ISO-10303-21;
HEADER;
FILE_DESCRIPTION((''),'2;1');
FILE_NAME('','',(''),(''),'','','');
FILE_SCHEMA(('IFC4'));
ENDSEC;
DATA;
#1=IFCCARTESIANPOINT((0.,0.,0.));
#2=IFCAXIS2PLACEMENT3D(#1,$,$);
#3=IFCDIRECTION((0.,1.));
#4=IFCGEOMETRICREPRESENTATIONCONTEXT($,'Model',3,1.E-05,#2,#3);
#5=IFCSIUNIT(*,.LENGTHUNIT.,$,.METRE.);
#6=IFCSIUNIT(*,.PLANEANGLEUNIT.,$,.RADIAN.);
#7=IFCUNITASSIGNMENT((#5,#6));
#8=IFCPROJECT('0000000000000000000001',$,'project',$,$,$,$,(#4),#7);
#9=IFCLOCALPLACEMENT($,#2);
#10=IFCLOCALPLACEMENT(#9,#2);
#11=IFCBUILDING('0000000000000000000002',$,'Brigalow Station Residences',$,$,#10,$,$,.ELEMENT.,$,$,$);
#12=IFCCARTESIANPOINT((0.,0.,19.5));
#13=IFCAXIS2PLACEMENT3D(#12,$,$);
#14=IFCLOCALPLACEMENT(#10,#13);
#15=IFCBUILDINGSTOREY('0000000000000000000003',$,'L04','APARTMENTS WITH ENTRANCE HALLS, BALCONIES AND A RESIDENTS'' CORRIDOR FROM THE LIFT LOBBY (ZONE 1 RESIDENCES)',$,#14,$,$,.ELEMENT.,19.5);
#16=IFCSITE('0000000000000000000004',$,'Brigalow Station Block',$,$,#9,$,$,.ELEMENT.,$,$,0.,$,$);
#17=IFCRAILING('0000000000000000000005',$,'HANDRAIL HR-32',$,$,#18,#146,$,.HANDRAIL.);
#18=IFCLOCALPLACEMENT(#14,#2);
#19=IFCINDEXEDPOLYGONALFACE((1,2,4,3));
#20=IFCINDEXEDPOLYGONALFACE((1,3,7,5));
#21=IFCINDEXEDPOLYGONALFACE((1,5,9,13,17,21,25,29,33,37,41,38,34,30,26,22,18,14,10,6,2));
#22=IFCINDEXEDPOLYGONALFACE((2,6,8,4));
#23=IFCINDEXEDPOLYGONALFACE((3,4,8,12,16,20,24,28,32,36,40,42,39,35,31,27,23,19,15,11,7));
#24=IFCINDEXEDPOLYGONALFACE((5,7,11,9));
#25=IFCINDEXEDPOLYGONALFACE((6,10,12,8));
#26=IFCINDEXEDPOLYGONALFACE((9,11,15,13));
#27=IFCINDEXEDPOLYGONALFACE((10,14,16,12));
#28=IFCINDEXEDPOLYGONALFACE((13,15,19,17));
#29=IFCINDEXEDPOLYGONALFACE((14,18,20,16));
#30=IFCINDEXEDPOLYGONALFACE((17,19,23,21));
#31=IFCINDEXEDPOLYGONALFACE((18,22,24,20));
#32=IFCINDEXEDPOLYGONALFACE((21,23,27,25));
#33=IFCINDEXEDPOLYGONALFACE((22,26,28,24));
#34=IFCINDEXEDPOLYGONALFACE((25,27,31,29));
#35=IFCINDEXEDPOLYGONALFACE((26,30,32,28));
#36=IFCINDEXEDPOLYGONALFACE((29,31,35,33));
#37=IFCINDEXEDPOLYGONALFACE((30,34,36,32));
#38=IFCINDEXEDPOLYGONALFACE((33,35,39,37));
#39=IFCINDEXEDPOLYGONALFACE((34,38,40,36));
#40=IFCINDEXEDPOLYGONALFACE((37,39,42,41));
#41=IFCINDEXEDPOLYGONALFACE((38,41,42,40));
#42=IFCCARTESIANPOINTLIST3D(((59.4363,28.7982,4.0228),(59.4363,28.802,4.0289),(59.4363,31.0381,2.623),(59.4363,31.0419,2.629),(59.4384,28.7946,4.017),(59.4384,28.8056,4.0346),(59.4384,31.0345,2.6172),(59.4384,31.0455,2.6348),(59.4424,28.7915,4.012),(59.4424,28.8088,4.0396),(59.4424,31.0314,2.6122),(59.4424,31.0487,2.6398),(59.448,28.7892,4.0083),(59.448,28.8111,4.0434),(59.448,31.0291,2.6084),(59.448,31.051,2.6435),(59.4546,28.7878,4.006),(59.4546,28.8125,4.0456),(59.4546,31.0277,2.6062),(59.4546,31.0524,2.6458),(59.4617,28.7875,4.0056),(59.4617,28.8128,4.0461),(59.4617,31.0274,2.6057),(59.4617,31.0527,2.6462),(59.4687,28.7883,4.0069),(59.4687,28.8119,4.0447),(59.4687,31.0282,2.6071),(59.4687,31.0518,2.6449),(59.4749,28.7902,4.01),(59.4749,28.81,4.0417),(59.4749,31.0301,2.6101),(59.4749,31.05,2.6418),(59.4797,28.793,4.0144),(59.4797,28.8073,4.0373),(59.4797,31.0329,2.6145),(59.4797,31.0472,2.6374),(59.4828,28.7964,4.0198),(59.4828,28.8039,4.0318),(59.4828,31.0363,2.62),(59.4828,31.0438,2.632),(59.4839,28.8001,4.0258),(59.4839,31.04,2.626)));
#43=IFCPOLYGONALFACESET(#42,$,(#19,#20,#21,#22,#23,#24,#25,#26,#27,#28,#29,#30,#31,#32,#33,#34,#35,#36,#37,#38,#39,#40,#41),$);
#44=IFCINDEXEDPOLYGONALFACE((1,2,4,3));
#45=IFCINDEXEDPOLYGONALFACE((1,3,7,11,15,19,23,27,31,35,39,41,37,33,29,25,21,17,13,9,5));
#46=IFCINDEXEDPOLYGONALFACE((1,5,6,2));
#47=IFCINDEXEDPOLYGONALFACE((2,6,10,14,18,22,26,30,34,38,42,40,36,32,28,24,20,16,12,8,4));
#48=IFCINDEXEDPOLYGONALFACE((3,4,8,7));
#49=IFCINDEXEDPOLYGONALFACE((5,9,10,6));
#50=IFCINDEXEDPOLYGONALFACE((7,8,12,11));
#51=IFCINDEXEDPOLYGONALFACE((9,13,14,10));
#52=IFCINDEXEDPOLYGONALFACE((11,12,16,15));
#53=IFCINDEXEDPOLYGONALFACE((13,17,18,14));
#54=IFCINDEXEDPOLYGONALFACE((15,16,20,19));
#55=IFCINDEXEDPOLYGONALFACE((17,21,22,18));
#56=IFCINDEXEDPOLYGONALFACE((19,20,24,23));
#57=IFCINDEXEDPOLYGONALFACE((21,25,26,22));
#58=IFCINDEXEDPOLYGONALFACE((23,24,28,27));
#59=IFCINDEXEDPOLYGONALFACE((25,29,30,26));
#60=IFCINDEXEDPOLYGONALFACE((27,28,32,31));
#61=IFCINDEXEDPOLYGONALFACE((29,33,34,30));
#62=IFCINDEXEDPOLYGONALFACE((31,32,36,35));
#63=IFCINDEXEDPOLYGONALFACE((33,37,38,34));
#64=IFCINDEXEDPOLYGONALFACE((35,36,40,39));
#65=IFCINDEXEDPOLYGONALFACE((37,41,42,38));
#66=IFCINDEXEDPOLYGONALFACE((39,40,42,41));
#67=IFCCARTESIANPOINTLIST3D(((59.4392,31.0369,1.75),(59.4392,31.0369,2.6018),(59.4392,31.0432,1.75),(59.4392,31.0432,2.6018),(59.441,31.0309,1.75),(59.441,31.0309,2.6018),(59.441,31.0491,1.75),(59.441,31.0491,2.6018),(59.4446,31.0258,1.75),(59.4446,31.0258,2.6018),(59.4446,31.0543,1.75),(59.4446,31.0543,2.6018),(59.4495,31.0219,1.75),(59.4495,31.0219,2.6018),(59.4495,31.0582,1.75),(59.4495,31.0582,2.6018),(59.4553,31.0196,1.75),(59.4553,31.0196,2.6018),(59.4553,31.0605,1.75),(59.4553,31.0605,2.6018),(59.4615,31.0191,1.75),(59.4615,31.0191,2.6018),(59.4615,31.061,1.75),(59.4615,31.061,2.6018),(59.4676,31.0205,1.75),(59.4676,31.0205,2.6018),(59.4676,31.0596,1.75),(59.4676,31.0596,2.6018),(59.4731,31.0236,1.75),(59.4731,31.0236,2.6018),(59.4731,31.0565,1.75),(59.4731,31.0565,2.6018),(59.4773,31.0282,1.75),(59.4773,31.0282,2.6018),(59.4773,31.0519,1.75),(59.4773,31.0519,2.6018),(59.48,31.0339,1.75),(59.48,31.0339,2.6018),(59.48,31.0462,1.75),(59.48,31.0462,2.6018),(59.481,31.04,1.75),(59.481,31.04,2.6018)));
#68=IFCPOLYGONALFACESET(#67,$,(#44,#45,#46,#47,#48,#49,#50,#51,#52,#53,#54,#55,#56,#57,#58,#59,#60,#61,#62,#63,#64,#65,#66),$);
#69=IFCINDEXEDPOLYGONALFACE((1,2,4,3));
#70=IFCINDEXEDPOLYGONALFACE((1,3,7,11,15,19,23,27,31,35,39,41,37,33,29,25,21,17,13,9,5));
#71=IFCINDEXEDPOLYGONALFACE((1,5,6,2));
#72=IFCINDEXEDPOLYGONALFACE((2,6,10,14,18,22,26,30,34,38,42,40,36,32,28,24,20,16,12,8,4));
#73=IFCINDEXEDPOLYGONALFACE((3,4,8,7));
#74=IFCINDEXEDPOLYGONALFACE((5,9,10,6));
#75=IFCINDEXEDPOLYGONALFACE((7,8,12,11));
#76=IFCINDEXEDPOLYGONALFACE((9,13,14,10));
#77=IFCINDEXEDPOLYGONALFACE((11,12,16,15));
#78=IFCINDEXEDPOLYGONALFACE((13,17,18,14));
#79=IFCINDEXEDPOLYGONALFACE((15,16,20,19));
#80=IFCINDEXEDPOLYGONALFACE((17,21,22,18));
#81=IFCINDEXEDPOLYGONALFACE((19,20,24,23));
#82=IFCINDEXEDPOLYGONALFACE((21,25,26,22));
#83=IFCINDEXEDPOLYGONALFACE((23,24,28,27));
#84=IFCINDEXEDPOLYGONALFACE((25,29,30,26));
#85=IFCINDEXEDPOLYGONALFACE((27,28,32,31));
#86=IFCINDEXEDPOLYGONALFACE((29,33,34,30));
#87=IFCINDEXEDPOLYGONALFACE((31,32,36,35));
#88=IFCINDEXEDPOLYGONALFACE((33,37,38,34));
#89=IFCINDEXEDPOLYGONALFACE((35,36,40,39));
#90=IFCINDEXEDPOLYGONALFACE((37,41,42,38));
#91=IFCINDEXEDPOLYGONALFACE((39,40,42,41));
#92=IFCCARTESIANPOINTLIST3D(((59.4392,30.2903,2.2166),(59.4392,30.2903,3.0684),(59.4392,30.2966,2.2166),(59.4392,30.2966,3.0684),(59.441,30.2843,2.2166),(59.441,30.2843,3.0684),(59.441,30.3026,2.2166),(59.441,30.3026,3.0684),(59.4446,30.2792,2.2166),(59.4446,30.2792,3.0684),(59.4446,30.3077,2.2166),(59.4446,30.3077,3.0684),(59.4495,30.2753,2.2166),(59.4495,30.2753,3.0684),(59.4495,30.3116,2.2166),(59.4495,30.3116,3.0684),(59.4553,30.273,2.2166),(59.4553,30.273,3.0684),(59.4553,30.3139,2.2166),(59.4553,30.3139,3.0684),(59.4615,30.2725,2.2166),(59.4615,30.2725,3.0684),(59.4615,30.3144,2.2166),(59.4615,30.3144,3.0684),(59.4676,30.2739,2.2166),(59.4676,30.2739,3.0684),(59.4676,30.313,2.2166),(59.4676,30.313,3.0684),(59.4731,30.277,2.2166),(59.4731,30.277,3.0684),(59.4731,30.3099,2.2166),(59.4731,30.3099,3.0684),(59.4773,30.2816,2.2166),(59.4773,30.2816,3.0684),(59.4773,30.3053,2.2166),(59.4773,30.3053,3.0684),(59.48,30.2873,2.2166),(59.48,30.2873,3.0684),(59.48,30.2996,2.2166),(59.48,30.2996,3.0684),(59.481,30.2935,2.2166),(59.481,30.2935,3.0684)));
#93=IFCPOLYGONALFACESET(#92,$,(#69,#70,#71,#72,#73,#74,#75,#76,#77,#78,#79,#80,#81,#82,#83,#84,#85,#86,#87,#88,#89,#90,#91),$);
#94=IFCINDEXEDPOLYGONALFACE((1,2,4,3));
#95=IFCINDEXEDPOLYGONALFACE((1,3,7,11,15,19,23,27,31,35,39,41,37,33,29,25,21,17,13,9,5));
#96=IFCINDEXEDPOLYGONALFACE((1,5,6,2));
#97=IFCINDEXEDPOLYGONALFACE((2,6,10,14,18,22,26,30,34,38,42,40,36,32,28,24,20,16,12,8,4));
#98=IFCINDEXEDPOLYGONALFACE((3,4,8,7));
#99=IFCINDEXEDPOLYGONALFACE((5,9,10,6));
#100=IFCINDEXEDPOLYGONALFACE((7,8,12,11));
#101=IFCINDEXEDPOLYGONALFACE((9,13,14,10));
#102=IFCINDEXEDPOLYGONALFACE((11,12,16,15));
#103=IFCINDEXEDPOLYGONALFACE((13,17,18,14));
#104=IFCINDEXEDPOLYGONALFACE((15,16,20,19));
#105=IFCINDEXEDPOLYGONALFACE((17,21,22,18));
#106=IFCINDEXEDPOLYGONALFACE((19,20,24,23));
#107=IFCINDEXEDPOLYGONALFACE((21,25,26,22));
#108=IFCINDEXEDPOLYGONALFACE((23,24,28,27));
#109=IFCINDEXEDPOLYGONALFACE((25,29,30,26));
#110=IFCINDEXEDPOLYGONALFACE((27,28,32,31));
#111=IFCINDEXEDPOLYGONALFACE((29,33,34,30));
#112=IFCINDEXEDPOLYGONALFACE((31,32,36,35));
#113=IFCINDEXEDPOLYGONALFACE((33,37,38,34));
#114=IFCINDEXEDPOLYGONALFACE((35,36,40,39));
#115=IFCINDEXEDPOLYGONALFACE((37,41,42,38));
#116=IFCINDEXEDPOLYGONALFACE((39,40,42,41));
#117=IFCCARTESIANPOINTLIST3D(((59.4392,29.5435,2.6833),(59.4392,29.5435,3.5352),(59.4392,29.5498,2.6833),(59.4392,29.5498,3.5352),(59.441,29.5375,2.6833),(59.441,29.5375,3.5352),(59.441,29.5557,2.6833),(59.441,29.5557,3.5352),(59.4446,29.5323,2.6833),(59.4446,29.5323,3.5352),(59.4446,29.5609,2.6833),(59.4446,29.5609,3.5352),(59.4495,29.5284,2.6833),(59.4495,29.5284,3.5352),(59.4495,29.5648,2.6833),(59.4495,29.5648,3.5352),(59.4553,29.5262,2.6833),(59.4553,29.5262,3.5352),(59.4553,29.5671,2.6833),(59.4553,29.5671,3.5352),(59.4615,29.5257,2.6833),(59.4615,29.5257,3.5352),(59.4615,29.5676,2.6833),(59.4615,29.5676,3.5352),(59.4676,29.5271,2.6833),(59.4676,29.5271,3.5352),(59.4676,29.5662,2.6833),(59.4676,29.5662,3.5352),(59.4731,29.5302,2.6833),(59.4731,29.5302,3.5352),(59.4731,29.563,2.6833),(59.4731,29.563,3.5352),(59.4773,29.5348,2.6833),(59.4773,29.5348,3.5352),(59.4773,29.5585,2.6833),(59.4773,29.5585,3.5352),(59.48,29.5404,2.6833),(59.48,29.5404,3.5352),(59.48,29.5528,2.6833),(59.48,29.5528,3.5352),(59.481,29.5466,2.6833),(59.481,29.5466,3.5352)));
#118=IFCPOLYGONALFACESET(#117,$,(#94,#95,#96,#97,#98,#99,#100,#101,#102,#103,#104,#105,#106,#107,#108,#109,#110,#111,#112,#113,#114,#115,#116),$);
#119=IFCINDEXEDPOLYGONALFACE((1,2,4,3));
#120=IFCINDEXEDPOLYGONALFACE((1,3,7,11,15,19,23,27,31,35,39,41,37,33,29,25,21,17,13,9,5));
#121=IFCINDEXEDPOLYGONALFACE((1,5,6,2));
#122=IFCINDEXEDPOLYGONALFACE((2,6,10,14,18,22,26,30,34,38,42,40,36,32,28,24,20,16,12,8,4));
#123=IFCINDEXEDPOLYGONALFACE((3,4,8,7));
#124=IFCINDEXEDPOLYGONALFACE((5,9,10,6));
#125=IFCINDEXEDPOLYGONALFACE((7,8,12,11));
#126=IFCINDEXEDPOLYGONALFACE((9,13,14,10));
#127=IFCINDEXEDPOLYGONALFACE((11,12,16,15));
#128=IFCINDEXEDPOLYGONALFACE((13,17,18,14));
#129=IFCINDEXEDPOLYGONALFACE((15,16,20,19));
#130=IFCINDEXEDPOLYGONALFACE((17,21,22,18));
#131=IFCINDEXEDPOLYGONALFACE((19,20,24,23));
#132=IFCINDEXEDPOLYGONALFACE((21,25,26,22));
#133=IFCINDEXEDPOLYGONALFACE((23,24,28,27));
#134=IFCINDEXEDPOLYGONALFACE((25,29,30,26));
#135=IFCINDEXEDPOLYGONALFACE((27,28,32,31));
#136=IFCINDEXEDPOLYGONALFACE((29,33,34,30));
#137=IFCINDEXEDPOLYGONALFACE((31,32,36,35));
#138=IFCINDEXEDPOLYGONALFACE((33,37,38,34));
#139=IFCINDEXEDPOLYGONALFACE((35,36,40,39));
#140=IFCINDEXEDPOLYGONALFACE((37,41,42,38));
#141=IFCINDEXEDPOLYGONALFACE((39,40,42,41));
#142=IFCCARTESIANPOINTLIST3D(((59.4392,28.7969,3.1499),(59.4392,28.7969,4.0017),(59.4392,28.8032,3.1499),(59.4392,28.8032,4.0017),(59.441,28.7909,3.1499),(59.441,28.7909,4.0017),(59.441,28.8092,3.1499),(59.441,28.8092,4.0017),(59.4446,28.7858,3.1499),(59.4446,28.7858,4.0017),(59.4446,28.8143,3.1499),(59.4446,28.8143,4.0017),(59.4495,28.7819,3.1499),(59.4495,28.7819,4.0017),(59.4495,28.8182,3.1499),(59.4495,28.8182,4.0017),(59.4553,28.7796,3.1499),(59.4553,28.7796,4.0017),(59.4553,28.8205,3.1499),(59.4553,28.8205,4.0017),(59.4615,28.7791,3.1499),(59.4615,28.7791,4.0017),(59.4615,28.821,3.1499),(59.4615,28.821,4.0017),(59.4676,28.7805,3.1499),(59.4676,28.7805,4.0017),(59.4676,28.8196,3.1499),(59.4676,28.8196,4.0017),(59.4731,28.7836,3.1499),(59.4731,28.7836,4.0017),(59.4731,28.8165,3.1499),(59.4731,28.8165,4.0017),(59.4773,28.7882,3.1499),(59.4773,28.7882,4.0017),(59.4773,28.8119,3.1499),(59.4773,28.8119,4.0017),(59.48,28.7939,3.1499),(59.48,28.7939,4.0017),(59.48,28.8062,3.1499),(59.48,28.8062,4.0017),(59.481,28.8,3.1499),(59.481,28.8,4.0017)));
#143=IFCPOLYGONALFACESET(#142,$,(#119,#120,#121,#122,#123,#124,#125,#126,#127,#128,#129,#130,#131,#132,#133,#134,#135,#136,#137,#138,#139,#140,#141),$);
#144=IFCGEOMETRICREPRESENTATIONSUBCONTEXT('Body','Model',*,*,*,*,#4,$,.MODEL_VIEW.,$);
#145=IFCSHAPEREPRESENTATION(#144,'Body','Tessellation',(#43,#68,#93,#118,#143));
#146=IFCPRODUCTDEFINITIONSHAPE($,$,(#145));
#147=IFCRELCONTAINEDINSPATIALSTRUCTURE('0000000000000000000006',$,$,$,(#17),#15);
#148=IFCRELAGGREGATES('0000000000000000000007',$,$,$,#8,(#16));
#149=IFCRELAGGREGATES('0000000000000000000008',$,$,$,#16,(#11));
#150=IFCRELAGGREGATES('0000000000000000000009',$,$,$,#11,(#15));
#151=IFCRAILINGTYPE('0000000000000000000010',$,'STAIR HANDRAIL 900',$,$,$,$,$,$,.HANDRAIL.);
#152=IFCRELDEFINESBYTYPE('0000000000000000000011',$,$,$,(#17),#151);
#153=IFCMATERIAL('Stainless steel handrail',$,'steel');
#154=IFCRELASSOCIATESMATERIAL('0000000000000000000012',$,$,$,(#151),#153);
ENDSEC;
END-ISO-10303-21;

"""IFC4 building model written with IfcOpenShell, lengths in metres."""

from ifc_helpers import new_model, si_unit, direction, frame, origin, origin_2d, place, context, subcontext, project, spatial, circle, extrude, material, type_object, element, save


model = new_model("IFC4")

# Units and contexts
model_context = context("Model", 3, precision=1e-05, world=origin(), true_north=direction((0.0, 1.0)))
body_context = subcontext(model_context, "Body", "Model", "MODEL_VIEW")
ifc_project = project(units=[si_unit("LENGTHUNIT", "METRE"), si_unit("PLANEANGLEUNIT", "RADIAN")], contexts=[model_context])

# Site, building, storey
site_placement = place(None, origin())
site = spatial("IfcSite", under=ifc_project, at=site_placement, Name="Brigalow Station Block", CompositionType="ELEMENT", RefElevation=0.0)
building_placement = place(site_placement, origin())
building = spatial("IfcBuilding", under=site, at=building_placement, Name="Brigalow Station Residences", CompositionType="ELEMENT")
storey_placement = place(building_placement, frame((0.0, 0.0, 19.5)))
storey = spatial("IfcBuildingStorey", under=building, at=storey_placement, Name="L04", Description="APARTMENTS WITH ENTRANCE HALLS, BALCONIES AND A RESIDENTS' CORRIDOR FROM THE LIFT LOBBY (ZONE 1 RESIDENCES)", CompositionType="ELEMENT", Elevation=19.5)

# Railing
ifc_material_1 = material(Name="Stainless steel handrail", Category="steel")
railing_type_1 = type_object("IfcRailingType", Name="STAIR HANDRAIL 900", PredefinedType="HANDRAIL", material=ifc_material_1)
railing_1_placement = place(storey_placement, frame((59.46, 31.04, 1.75)))
element("IfcRailing", 1, at=railing_1_placement, inside=storey, type_object=railing_type_1, Name="HANDRAIL HR-32", PredefinedType="HANDRAIL", context=body_context, shape_type="SweptSolid", body=[
    extrude(circle(Radius=0.0239, at=origin_2d()), frame((0.0, 0.0, 0.876), z_axis=(0.0, -0.848014, 0.529974), x_axis=(1.0, 0.0, 0.0)), (0.0, 0.0, 1.0), 2.6414),
    extrude(circle(Radius=0.021, at=origin_2d()), origin(), (0.0, 0.0, 1.0), 0.8518),
    extrude(circle(Radius=0.021, at=origin_2d()), frame((0.0, -0.7466, 0.4666)), (0.0, 0.0, 1.0), 0.8518),
    extrude(circle(Radius=0.021, at=origin_2d()), frame((0.0, -1.4934, 0.9333)), (0.0, 0.0, 1.0), 0.8518),
    extrude(circle(Radius=0.021, at=origin_2d()), frame((0.0, -2.24, 1.3999)), (0.0, 0.0, 1.0), 0.8518),
])

save(model, "model.ifc")
